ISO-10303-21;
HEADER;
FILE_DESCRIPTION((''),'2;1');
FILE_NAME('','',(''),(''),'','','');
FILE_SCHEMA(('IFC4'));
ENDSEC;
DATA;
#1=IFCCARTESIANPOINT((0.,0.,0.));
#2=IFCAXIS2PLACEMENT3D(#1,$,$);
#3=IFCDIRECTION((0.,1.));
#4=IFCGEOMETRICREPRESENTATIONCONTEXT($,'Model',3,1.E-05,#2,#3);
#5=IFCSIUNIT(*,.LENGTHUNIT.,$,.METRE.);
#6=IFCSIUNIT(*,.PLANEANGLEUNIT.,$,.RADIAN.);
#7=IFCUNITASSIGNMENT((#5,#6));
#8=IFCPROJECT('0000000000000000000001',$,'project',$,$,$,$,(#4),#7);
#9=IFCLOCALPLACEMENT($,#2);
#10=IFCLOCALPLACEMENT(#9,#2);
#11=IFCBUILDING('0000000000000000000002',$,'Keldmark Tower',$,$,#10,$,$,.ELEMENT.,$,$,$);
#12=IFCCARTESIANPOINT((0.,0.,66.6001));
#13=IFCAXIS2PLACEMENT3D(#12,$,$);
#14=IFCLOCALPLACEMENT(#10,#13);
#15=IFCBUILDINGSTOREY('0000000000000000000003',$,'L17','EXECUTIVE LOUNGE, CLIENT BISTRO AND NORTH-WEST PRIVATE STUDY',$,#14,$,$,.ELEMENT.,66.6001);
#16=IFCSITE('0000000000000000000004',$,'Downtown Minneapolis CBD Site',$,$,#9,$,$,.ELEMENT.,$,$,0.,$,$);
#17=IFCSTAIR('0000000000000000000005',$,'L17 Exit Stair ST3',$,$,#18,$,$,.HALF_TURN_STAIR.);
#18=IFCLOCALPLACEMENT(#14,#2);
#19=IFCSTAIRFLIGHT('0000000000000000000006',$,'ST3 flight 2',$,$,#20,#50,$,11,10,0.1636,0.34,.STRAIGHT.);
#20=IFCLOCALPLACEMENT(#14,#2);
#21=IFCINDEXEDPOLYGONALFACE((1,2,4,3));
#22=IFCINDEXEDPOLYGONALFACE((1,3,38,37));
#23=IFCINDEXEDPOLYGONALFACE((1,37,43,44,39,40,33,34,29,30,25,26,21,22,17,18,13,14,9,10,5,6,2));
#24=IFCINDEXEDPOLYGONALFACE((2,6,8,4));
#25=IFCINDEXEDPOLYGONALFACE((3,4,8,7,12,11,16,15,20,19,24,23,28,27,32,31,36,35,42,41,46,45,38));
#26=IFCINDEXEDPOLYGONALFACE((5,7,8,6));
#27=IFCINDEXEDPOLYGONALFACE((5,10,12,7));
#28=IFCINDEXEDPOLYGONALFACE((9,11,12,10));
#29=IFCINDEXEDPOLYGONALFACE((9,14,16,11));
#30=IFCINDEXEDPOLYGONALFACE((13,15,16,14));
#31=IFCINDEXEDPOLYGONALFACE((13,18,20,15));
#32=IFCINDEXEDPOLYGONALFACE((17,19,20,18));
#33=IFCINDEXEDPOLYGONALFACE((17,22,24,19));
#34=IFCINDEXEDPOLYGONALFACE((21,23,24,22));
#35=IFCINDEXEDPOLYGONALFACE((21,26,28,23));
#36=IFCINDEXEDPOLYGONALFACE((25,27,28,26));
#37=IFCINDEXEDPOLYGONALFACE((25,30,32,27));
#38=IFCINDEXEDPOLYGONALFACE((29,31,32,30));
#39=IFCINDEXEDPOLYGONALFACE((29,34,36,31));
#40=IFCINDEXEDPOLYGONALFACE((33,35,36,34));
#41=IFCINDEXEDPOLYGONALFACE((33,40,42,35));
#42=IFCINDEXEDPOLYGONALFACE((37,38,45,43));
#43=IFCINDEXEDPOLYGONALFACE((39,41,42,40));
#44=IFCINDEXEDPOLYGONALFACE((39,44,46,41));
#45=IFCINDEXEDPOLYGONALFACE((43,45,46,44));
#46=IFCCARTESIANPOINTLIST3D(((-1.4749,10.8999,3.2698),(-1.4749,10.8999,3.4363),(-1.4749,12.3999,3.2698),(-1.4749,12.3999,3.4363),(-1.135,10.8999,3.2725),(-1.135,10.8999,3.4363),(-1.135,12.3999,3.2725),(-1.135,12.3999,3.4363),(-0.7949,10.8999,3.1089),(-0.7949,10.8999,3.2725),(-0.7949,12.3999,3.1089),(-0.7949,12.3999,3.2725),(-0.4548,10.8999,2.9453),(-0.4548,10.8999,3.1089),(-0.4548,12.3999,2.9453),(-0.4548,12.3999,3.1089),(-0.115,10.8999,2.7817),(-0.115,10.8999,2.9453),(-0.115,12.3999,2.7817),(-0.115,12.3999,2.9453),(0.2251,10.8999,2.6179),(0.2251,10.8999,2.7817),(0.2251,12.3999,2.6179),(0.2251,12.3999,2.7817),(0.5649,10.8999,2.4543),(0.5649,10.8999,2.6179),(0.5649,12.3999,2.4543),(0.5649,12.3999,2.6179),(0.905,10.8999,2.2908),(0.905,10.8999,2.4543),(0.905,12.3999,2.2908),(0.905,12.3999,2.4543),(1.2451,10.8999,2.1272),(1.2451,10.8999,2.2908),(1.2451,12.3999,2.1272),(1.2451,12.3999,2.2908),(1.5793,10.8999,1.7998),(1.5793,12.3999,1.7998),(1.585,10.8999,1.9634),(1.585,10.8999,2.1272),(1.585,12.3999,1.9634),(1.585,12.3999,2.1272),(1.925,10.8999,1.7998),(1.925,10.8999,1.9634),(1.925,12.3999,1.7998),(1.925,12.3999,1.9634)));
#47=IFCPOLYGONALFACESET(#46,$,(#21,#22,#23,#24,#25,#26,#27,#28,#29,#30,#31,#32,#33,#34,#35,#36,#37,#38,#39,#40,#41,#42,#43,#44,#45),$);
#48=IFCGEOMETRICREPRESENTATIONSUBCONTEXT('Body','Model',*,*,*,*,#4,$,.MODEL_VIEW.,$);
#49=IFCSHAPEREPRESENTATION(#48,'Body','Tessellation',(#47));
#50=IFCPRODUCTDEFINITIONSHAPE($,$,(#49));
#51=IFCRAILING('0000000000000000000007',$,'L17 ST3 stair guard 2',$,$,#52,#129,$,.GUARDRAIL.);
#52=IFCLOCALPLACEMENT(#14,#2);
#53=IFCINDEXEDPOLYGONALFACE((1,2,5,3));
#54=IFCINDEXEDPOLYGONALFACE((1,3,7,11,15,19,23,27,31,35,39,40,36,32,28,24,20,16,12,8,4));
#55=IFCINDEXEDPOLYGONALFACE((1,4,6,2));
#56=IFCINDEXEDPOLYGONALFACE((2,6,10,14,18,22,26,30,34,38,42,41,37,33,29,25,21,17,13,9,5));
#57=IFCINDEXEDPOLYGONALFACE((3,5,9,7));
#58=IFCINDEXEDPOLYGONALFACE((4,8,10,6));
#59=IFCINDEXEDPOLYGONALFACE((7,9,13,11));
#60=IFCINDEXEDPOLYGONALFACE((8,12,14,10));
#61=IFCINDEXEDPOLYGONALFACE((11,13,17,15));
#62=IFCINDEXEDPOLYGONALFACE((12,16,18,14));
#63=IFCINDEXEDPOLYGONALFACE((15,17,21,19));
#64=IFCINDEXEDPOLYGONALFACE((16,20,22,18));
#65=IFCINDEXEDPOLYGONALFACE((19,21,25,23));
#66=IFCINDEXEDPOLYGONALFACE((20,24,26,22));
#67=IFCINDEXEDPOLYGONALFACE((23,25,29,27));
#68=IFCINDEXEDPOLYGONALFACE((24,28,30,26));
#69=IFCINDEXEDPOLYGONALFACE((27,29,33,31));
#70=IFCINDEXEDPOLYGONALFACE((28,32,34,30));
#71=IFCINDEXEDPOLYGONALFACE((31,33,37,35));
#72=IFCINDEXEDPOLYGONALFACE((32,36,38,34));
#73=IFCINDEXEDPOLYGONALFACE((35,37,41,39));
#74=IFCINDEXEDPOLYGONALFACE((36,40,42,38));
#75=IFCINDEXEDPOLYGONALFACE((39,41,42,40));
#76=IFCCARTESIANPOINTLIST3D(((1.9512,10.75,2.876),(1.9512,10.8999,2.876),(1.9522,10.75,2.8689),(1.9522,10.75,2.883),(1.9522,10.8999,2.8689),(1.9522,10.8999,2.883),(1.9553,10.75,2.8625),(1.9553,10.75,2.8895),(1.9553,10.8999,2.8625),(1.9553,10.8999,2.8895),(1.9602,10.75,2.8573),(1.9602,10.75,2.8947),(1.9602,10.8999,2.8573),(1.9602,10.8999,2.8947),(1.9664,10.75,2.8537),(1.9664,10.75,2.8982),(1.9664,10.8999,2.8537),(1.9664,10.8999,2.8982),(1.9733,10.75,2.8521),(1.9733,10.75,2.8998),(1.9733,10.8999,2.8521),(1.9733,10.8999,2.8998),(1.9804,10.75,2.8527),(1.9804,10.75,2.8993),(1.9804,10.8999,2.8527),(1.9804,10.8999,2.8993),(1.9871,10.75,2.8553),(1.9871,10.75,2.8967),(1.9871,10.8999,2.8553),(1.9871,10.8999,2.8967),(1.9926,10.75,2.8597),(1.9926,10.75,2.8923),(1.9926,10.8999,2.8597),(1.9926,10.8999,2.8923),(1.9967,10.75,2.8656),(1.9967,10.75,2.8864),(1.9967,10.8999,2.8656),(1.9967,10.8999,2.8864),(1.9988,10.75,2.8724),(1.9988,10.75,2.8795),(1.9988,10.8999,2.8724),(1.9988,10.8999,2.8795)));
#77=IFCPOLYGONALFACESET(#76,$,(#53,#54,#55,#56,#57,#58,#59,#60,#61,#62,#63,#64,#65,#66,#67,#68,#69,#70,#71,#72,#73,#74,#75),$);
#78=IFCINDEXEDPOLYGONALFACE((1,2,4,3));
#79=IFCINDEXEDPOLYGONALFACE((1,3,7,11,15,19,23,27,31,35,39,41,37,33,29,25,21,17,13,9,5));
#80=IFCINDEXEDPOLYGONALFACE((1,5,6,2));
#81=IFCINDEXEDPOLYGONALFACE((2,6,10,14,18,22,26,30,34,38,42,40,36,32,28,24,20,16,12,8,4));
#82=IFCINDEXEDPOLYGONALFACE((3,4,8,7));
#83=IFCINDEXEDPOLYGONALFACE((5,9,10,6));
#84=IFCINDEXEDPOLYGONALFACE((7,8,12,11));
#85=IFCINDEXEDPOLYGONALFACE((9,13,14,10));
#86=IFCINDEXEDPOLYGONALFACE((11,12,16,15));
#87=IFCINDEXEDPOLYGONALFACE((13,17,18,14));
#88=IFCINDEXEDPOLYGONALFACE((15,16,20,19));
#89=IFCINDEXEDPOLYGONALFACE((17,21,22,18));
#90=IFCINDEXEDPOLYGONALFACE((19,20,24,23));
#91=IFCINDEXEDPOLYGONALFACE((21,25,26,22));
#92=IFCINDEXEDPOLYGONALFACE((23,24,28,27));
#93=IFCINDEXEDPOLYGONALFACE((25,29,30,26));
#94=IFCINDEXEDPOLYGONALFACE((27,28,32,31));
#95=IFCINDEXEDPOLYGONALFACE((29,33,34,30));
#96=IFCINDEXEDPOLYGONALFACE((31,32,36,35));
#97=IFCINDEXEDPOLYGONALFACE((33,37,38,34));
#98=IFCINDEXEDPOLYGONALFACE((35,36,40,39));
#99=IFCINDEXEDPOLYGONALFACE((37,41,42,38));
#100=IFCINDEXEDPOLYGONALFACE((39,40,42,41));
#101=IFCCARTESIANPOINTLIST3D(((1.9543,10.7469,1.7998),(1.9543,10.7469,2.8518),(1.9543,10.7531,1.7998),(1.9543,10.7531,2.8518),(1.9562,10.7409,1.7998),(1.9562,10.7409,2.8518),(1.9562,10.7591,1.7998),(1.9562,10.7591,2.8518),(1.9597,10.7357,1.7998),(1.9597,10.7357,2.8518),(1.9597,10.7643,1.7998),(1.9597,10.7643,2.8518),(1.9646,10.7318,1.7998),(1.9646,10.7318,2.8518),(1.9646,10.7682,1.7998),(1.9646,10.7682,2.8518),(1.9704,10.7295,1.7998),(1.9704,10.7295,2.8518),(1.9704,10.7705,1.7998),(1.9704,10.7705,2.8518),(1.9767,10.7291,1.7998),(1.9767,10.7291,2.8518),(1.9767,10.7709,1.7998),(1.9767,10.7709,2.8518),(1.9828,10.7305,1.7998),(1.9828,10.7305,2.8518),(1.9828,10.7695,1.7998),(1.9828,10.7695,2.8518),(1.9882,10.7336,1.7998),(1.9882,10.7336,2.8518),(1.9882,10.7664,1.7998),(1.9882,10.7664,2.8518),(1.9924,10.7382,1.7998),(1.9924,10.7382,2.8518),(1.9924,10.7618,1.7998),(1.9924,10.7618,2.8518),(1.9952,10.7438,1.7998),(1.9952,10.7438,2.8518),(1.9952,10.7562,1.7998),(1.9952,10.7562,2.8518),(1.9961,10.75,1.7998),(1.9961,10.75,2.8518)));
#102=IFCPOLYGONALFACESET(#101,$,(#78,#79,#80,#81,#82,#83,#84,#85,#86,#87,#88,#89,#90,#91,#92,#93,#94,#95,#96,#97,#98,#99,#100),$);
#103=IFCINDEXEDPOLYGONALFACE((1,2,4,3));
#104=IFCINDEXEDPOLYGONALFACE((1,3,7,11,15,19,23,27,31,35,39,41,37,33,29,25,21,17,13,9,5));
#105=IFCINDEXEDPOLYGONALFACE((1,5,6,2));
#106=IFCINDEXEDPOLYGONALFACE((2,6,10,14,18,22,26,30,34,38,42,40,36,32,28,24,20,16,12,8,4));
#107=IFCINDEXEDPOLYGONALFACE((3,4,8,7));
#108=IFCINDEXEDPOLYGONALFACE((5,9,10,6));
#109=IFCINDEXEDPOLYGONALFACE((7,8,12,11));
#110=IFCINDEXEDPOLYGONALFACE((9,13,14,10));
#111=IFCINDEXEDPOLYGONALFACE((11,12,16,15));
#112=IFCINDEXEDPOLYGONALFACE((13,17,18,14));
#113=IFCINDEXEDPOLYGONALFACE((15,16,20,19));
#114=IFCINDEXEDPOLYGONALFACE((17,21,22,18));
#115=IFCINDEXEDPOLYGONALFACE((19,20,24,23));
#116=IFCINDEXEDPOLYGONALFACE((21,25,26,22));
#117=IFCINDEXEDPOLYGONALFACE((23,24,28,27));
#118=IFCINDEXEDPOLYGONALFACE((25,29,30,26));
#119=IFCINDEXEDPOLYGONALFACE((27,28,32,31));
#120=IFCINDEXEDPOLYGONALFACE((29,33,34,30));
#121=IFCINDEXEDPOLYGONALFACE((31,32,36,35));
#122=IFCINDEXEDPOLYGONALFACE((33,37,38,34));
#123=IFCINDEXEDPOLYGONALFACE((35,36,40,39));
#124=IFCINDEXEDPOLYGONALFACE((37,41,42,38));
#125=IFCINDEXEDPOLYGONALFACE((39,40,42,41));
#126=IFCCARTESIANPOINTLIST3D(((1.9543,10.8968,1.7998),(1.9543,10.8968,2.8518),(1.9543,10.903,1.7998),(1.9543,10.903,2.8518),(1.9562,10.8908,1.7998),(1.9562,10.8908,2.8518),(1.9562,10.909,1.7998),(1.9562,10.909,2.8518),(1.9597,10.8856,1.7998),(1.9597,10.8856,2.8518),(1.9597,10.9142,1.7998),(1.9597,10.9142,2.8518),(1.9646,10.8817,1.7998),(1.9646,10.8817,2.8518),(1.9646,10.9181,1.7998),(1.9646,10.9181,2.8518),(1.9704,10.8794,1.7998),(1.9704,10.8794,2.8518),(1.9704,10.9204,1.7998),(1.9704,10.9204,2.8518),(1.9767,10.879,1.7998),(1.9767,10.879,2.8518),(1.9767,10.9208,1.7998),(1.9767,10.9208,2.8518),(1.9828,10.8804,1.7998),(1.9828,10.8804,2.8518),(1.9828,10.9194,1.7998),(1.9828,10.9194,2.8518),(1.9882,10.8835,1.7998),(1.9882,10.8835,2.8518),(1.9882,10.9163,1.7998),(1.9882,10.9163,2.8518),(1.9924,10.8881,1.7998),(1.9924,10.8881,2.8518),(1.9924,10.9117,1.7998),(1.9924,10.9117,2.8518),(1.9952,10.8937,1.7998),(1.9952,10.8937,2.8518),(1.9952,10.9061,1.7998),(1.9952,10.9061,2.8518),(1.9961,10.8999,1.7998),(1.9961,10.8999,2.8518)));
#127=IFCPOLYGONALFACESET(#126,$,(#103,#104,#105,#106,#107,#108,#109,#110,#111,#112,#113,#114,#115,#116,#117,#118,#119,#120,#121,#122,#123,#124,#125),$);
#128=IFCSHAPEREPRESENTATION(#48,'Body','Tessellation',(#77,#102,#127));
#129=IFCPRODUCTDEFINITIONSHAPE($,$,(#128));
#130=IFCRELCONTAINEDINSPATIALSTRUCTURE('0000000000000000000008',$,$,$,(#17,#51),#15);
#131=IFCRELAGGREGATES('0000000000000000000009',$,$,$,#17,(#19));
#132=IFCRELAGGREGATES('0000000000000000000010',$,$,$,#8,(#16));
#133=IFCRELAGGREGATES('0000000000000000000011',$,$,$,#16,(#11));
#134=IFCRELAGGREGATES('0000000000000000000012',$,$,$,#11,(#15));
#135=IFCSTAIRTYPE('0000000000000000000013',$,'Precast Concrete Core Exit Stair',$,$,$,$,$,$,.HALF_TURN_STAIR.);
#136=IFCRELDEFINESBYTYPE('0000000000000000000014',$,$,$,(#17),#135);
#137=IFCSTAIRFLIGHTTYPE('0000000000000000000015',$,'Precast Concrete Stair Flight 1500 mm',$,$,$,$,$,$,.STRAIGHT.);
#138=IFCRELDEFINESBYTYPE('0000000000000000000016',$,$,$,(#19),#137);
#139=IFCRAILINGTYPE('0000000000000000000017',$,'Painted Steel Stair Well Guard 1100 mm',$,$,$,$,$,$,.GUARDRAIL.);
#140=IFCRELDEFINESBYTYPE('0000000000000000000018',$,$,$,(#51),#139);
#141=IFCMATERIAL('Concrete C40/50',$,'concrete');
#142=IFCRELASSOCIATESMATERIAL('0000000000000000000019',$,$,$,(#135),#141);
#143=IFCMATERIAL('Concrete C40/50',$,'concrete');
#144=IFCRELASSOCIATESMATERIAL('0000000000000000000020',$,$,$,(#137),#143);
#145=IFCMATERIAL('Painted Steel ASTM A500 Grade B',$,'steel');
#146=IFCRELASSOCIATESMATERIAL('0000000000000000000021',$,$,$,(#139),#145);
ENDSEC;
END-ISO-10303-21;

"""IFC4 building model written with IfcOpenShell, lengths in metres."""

from ifc_helpers import new_model, si_unit, direction, frame, origin, origin_2d, place, context, subcontext, project, spatial, polyline, circle, outline, extrude, material, type_object, element, aggregate, save


model = new_model("IFC4")

# Units and contexts
model_context = context("Model", 3, precision=1e-05, world=origin(), true_north=direction((0.0, 1.0)))
body_context = subcontext(model_context, "Body", "Model", "MODEL_VIEW")
ifc_project = project(units=[si_unit("LENGTHUNIT", "METRE"), si_unit("PLANEANGLEUNIT", "RADIAN")], contexts=[model_context])

# Site, building, storey
site_placement = place(None, origin())
site = spatial("IfcSite", under=ifc_project, at=site_placement, Name="Downtown Minneapolis CBD Site", CompositionType="ELEMENT", RefElevation=0.0)
building_placement = place(site_placement, origin())
building = spatial("IfcBuilding", under=site, at=building_placement, Name="Keldmark Tower", CompositionType="ELEMENT")
storey_placement = place(building_placement, frame((0.0, 0.0, 66.6001)))
storey = spatial("IfcBuildingStorey", under=building, at=storey_placement, Name="L17", Description="EXECUTIVE LOUNGE, CLIENT BISTRO AND NORTH-WEST PRIVATE STUDY", CompositionType="ELEMENT", Elevation=66.6001)

# Stair, stair flight
ifc_material_1 = material(Name="Concrete C40/50", Category="concrete")
stair_type = type_object("IfcStairType", Name="Precast Concrete Core Exit Stair", PredefinedType="HALF_TURN_STAIR", material=ifc_material_1)
stair_placement = place(storey_placement, origin())
stair = element("IfcStair", 1, at=stair_placement, inside=storey, type_object=stair_type, Name="L17 Exit Stair ST3", PredefinedType="HALF_TURN_STAIR")
ifc_material_2 = material(Name="Concrete C40/50", Category="concrete")
stair_flight_type = type_object("IfcStairFlightType", Name="Precast Concrete Stair Flight 1500 mm", PredefinedType="STRAIGHT", material=ifc_material_2)
stair_flight_placement = place(storey_placement, frame((1.925, 11.6499, 1.7998), z_axis=(0.0, 0.0, 1.0), x_axis=(-1.0, 0.0, 0.0)))
stair_flight = element("IfcStairFlight", 2, at=stair_flight_placement, type_object=stair_flight_type, Name="ST3 flight 2", NumberOfRisers=11, NumberOfTreads=10, PredefinedType="STRAIGHT", RiserHeight=0.1636, TreadLength=0.34, context=body_context, shape_type="SweptSolid", body=[
    extrude(outline(polyline([(0.0, 0.0), (0.0, 0.1636), (0.3401, 0.1636), (0.3401, 0.3274), (0.6799, 0.3274), (0.6799, 0.491), (1.02, 0.491), (1.02, 0.6545), (1.3601, 0.6545), (1.3601, 0.8181), (1.7, 0.8181), (1.7, 0.9819), (2.04, 0.9819), (2.04, 1.1455), (2.3799, 1.1455), (2.3799, 1.3091), (2.72, 1.3091), (2.72, 1.4727), (3.0601, 1.4727), (3.0601, 1.6365), (3.3999, 1.6365), (3.3999, 1.8), (3.3999, 1.47), (0.3457, 0.0), (0.0, 0.0)])), frame((0.0, 0.75, 0.0), z_axis=(0.0, -1.0, 0.0), x_axis=(1.0, 0.0, 0.0)), (0.0, 0.0, 1.0), 1.5),
])
aggregate(stair, [stair_flight])

# Railing
ifc_material_3 = material(Name="Painted Steel ASTM A500 Grade B", Category="steel")
railing_type_1 = type_object("IfcRailingType", Name="Painted Steel Stair Well Guard 1100 mm", PredefinedType="GUARDRAIL", material=ifc_material_3)
railing_1_placement = place(storey_placement, frame((1.9751, 10.75, 1.7998)))
element("IfcRailing", 3, at=railing_1_placement, inside=storey, type_object=railing_type_1, Name="L17 ST3 stair guard 2", PredefinedType="GUARDRAIL", context=body_context, shape_type="SweptSolid", body=[
    extrude(circle(Radius=0.0239, at=origin_2d()), frame((0.0, 0.0, 1.0762), z_axis=(0.0, 1.0, 0.0), x_axis=(-1.0, 0.0, 0.0)), (0.0, 0.0, 1.0), 0.1499),
    extrude(circle(Radius=0.021, at=origin_2d()), origin(), (0.0, 0.0, 1.0), 1.052),
    extrude(circle(Radius=0.021, at=origin_2d()), frame((0.0, 0.1499, 0.0)), (0.0, 0.0, 1.0), 1.052),
])

save(model, "model.ifc")
